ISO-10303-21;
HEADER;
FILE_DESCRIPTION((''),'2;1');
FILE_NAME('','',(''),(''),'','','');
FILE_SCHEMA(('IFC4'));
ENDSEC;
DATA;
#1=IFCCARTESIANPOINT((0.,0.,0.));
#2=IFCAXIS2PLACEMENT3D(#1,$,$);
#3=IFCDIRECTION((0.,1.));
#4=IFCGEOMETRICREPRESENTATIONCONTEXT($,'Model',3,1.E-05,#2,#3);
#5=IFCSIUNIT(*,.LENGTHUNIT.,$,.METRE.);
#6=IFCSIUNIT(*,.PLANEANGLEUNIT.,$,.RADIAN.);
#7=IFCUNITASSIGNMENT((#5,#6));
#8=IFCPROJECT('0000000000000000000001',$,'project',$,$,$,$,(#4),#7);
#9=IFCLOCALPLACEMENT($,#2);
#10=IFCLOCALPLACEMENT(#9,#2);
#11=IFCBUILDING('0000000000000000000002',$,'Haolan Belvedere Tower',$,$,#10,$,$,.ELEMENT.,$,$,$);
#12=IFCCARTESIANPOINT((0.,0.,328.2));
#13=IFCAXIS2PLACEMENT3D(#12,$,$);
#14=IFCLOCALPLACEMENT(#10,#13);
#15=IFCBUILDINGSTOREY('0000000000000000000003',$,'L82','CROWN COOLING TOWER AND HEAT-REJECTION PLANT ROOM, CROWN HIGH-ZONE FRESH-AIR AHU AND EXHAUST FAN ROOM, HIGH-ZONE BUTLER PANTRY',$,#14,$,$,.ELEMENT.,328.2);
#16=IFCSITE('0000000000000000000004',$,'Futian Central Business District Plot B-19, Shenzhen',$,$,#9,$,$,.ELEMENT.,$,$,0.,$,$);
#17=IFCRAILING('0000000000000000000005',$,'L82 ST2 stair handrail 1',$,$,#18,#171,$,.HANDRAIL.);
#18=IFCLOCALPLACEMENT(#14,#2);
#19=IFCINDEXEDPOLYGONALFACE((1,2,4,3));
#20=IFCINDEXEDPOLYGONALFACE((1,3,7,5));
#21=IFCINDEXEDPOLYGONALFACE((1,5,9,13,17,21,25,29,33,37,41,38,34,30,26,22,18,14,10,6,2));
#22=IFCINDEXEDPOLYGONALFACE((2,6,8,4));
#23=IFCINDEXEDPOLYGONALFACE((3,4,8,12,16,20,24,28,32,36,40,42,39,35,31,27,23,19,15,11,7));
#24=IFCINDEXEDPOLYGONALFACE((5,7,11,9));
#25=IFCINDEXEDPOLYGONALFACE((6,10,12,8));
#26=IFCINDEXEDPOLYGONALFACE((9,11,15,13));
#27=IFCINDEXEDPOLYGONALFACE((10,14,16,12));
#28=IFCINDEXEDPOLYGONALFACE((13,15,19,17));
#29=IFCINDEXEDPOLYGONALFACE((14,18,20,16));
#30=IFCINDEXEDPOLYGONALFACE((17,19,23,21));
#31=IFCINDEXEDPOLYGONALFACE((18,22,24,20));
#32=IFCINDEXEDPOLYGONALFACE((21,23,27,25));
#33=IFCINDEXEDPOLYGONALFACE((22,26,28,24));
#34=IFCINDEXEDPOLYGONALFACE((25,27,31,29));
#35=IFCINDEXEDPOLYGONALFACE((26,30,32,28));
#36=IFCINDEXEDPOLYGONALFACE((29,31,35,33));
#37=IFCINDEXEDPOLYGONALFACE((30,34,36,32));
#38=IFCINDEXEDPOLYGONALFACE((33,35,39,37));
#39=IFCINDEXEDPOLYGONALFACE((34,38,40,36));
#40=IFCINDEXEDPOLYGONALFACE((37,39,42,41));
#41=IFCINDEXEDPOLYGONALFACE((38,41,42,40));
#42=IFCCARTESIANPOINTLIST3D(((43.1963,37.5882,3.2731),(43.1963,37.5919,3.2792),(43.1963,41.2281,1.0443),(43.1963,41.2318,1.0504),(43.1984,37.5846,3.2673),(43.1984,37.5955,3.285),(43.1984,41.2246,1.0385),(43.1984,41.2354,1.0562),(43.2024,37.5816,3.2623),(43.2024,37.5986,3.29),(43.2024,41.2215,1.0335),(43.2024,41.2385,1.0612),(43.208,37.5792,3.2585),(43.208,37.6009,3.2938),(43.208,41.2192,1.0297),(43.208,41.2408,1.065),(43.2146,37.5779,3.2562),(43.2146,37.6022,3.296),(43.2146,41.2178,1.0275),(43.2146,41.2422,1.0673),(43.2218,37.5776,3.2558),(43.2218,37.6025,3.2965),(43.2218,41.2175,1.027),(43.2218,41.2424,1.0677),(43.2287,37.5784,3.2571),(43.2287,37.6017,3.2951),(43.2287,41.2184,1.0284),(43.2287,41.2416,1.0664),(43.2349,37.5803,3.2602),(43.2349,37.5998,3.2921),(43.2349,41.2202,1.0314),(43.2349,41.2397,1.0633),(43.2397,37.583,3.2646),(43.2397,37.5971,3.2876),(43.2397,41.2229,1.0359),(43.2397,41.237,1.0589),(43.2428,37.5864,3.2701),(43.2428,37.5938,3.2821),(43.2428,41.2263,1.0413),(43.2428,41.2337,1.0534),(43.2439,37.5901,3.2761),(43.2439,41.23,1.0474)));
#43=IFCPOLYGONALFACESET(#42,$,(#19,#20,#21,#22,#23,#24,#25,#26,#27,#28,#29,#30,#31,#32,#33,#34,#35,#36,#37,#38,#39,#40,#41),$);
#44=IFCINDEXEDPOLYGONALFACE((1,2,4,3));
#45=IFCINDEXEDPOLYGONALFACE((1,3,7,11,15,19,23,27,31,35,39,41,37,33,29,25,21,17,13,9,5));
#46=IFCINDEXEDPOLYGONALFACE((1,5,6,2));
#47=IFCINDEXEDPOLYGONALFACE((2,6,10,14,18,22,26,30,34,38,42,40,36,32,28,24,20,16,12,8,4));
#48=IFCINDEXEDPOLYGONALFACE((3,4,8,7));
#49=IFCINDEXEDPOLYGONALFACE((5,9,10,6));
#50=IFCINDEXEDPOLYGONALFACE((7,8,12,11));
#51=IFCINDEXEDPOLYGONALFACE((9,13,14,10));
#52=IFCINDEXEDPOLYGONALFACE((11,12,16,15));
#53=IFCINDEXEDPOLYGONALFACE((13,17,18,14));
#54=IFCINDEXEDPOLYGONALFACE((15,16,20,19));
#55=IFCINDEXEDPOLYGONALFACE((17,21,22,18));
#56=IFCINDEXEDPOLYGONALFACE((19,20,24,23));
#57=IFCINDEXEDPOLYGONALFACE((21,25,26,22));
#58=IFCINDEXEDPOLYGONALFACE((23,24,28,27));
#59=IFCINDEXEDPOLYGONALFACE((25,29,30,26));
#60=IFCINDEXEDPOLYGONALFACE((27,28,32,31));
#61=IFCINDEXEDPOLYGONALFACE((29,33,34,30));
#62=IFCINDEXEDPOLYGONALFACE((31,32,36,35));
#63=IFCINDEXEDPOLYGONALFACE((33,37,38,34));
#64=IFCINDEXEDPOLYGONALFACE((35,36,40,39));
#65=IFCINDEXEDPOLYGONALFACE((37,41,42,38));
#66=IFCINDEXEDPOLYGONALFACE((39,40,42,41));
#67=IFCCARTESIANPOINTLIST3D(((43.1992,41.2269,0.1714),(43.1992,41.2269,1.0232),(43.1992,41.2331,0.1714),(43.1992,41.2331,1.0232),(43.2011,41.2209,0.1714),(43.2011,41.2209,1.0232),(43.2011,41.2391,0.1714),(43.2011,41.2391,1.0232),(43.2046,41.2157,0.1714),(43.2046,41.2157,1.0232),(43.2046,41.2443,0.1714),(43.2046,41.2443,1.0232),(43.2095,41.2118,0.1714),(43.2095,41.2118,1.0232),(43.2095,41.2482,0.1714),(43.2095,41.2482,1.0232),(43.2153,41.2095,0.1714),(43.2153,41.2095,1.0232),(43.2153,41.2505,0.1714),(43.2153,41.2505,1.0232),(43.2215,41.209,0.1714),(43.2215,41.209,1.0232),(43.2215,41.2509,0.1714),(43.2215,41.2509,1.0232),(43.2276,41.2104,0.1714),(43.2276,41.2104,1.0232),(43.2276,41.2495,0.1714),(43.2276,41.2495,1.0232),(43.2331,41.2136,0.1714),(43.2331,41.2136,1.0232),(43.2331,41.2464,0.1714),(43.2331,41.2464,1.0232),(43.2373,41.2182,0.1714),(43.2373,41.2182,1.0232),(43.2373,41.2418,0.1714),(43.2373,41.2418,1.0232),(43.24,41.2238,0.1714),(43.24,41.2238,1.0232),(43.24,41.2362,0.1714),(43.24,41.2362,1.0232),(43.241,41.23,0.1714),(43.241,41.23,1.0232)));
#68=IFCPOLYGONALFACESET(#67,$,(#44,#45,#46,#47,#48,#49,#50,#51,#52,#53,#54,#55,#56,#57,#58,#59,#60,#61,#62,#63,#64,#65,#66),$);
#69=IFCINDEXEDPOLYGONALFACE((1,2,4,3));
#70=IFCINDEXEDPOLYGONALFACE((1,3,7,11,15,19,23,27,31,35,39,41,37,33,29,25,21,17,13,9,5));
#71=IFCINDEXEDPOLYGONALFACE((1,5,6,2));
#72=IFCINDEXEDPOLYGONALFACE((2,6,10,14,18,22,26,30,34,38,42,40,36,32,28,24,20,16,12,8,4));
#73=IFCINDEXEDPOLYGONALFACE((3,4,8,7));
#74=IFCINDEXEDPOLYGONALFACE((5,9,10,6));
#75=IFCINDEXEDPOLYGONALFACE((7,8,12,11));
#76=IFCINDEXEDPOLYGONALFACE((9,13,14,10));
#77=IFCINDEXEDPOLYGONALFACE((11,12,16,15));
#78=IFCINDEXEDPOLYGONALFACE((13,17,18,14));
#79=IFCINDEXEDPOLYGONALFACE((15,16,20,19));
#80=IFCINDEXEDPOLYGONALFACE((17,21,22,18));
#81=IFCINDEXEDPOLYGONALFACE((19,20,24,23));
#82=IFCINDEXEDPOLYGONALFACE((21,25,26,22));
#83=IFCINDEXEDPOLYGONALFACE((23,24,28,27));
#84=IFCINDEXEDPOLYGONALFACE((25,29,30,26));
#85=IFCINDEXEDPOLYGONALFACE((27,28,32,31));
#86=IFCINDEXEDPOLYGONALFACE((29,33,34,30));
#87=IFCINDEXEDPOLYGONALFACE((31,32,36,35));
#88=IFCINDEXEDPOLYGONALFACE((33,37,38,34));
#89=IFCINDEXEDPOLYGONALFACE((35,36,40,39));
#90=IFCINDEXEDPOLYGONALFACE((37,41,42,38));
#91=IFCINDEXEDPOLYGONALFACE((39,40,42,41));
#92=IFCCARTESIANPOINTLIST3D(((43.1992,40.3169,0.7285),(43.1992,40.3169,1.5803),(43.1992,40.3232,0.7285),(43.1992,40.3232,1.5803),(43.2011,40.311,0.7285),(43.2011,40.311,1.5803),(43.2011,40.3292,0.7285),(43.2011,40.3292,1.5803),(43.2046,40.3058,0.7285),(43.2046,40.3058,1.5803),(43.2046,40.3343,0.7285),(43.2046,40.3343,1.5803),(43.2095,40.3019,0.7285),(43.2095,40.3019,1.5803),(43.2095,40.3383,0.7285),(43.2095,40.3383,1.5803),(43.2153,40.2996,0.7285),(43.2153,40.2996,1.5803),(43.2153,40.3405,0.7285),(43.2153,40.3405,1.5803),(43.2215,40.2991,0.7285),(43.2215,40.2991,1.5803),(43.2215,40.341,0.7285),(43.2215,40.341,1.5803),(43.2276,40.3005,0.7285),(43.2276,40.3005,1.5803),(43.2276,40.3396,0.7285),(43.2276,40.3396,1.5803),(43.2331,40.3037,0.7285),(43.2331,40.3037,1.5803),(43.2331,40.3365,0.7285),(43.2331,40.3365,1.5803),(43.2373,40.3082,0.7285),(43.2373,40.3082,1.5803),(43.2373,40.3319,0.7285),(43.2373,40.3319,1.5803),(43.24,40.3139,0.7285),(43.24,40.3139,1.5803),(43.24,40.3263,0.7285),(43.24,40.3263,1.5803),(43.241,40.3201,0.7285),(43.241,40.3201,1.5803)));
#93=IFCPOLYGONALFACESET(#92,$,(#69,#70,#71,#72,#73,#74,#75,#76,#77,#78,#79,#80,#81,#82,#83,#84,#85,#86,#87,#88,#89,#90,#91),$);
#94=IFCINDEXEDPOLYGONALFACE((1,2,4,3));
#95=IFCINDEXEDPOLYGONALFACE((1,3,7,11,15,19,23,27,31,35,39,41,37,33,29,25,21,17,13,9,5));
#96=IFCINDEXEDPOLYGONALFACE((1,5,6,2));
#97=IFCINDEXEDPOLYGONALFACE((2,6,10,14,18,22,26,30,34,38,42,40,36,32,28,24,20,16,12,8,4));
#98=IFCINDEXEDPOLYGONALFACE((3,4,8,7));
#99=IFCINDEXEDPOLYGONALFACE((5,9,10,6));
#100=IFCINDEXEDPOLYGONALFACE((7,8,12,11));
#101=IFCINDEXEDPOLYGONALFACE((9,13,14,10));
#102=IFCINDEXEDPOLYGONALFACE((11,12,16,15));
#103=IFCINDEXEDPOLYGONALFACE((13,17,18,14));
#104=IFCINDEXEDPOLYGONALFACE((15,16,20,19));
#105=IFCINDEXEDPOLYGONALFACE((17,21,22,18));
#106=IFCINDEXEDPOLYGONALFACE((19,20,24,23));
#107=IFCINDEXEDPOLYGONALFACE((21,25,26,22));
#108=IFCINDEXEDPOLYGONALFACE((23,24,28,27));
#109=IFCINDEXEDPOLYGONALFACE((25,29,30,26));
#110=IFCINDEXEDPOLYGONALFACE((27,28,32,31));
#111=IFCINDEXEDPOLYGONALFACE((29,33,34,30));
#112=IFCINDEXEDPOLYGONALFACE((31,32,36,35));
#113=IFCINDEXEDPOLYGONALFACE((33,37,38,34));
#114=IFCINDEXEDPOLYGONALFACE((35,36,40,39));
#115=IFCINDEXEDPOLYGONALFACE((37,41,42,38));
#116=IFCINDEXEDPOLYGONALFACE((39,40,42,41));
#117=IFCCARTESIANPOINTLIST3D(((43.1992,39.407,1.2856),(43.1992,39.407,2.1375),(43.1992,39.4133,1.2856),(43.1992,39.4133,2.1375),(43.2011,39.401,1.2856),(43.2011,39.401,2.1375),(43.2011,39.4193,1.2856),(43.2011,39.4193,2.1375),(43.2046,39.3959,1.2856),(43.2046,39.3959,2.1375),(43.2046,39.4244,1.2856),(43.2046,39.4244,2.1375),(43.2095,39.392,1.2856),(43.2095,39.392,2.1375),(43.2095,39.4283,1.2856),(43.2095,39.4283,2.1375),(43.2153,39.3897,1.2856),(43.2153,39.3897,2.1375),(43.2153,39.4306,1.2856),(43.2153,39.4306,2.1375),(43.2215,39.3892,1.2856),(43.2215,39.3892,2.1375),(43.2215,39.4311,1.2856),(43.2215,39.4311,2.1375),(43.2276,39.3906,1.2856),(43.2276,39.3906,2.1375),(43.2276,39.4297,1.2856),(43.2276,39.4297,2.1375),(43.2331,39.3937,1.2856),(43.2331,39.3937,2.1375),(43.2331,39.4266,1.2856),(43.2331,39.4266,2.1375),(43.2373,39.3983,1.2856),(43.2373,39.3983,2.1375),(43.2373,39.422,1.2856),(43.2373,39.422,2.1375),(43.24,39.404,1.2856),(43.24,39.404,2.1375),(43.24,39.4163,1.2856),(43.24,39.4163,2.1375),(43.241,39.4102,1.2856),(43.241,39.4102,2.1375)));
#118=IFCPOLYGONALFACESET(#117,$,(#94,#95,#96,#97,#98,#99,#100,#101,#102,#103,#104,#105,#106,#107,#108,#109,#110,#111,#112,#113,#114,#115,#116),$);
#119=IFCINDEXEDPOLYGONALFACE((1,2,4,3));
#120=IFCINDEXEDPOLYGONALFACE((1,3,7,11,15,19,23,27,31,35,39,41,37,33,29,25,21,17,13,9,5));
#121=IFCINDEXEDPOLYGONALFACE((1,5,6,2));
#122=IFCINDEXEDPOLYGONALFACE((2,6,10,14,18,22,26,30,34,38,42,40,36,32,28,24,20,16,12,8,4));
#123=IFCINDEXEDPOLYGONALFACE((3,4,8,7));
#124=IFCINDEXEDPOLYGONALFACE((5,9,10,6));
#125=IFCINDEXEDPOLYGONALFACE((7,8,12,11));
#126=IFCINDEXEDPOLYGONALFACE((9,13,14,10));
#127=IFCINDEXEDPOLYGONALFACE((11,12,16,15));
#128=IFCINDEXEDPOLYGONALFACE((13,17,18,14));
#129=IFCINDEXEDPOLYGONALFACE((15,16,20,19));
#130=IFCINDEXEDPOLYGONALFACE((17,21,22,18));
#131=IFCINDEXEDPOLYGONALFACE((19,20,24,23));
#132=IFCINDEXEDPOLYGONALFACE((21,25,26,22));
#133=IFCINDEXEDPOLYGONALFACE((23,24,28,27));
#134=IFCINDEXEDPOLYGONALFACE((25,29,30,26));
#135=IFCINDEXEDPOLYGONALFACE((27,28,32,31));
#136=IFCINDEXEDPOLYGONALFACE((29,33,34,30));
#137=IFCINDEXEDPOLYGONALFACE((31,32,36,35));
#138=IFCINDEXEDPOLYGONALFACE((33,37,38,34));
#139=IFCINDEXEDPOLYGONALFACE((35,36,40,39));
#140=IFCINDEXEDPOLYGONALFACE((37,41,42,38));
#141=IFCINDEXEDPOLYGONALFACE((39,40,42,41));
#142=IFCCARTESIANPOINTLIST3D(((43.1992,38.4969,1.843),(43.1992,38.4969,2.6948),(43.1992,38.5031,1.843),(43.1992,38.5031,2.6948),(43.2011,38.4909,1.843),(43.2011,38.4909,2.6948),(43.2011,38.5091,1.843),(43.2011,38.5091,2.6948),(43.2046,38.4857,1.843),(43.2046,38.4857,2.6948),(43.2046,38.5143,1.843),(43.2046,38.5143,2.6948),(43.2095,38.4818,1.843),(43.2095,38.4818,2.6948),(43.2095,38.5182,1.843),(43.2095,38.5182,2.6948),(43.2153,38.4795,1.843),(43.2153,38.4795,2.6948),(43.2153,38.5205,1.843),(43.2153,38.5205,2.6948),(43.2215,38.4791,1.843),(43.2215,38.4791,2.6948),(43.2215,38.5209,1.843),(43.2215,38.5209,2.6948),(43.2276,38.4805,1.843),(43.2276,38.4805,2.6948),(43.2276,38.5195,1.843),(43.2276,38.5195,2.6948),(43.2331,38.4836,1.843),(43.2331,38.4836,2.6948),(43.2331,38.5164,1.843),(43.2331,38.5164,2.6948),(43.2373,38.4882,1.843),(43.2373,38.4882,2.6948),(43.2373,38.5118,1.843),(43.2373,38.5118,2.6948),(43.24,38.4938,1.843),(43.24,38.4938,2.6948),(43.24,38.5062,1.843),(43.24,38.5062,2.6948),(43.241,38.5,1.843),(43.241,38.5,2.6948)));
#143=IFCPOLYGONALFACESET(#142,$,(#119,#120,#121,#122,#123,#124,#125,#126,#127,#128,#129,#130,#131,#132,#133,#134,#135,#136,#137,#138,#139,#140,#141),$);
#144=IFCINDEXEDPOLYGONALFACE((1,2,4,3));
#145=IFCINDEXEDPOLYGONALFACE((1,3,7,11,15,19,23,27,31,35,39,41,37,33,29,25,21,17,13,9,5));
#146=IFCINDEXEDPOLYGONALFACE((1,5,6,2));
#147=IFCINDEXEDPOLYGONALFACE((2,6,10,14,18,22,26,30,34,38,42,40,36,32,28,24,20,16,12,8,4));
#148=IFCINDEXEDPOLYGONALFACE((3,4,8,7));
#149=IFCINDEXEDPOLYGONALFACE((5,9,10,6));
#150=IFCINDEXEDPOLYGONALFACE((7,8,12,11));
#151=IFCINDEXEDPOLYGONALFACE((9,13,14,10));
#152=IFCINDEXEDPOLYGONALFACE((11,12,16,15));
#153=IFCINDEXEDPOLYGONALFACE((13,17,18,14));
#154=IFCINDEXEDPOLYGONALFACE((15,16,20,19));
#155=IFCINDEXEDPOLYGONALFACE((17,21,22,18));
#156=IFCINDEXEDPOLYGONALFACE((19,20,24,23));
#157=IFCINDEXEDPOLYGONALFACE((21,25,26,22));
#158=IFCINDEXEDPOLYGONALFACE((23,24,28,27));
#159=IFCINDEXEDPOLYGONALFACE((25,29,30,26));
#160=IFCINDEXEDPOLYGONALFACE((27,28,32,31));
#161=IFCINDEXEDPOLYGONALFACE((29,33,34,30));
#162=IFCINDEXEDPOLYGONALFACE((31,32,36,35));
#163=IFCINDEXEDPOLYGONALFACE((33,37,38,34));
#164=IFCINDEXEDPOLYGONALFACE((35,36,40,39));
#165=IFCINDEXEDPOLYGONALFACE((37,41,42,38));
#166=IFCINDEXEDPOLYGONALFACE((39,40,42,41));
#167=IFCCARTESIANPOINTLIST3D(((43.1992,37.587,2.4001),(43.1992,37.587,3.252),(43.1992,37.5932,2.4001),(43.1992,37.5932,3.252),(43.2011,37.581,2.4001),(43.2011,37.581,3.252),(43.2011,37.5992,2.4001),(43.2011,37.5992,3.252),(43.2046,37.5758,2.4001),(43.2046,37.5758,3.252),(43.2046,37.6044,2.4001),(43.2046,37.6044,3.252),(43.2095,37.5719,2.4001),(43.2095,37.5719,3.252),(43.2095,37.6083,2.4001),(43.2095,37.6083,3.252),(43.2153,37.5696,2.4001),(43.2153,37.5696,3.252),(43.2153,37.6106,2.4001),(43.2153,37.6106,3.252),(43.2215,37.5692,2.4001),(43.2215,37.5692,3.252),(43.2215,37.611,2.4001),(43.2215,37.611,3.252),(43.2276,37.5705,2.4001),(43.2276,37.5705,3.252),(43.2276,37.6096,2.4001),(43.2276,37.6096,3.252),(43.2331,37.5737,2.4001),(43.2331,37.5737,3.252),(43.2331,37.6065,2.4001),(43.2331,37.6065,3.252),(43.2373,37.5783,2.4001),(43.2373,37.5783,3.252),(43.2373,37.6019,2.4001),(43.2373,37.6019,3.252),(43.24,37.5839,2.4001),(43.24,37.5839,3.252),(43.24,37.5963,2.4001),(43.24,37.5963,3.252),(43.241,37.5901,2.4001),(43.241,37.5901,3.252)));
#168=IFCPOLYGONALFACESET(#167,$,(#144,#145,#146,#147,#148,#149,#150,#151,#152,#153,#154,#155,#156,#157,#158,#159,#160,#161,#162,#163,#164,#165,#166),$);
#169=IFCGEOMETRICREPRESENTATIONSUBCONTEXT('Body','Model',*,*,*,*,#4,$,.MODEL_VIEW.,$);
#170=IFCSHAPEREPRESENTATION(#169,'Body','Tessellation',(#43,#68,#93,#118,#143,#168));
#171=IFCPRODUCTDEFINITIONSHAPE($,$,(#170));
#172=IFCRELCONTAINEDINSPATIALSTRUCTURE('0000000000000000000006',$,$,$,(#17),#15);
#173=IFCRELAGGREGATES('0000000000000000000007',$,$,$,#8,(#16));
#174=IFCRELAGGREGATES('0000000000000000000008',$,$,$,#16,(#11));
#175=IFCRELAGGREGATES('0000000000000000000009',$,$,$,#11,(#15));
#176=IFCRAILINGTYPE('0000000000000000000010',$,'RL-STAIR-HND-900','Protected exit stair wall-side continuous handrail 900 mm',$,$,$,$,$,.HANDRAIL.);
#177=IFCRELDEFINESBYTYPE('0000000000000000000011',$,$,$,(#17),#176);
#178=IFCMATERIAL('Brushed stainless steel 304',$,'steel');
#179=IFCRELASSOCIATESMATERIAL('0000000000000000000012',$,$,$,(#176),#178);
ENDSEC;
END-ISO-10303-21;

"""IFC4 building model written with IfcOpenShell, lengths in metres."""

from ifc_helpers import new_model, si_unit, direction, frame, origin, origin_2d, place, context, subcontext, project, spatial, circle, extrude, material, type_object, element, save


model = new_model("IFC4")

# Units and contexts
model_context = context("Model", 3, precision=1e-05, world=origin(), true_north=direction((0.0, 1.0)))
body_context = subcontext(model_context, "Body", "Model", "MODEL_VIEW")
ifc_project = project(units=[si_unit("LENGTHUNIT", "METRE"), si_unit("PLANEANGLEUNIT", "RADIAN")], contexts=[model_context])

# Site, building, storey
site_placement = place(None, origin())
site = spatial("IfcSite", under=ifc_project, at=site_placement, Name="Futian Central Business District Plot B-19, Shenzhen", CompositionType="ELEMENT", RefElevation=0.0)
building_placement = place(site_placement, origin())
building = spatial("IfcBuilding", under=site, at=building_placement, Name="Haolan Belvedere Tower", CompositionType="ELEMENT")
storey_placement = place(building_placement, frame((0.0, 0.0, 328.2)))
storey = spatial("IfcBuildingStorey", under=building, at=storey_placement, Name="L82", Description="CROWN COOLING TOWER AND HEAT-REJECTION PLANT ROOM, CROWN HIGH-ZONE FRESH-AIR AHU AND EXHAUST FAN ROOM, HIGH-ZONE BUTLER PANTRY", CompositionType="ELEMENT", Elevation=328.2)

# Railing
ifc_material_1 = material(Name="Brushed stainless steel 304", Category="steel")
railing_type_1 = type_object("IfcRailingType", Name="RL-STAIR-HND-900", Description="Protected exit stair wall-side continuous handrail 900 mm", PredefinedType="HANDRAIL", material=ifc_material_1)
railing_1_placement = place(storey_placement, frame((43.22, 41.23, 0.1714)))
element("IfcRailing", 1, at=railing_1_placement, inside=storey, type_object=railing_type_1, Name="L82 ST2 stair handrail 1", PredefinedType="HANDRAIL", context=body_context, shape_type="SweptSolid", body=[
    extrude(circle(Radius=0.0239, at=origin_2d()), frame((0.0, 0.0, 0.876), z_axis=(0.0, -0.852825, 0.522197), x_axis=(1.0, 0.0, 0.0)), (0.0, 0.0, 1.0), 4.2681),
    extrude(circle(Radius=0.021, at=origin_2d()), origin(), (0.0, 0.0, 1.0), 0.8518),
    extrude(circle(Radius=0.021, at=origin_2d()), frame((0.0, -0.9099, 0.5571)), (0.0, 0.0, 1.0), 0.8518),
    extrude(circle(Radius=0.021, at=origin_2d()), frame((0.0, -1.8198, 1.1143)), (0.0, 0.0, 1.0), 0.8518),
    extrude(circle(Radius=0.021, at=origin_2d()), frame((0.0, -2.73, 1.6716)), (0.0, 0.0, 1.0), 0.8518),
    extrude(circle(Radius=0.021, at=origin_2d()), frame((0.0, -3.6399, 2.2288)), (0.0, 0.0, 1.0), 0.8518),
])

save(model, "model.ifc")
